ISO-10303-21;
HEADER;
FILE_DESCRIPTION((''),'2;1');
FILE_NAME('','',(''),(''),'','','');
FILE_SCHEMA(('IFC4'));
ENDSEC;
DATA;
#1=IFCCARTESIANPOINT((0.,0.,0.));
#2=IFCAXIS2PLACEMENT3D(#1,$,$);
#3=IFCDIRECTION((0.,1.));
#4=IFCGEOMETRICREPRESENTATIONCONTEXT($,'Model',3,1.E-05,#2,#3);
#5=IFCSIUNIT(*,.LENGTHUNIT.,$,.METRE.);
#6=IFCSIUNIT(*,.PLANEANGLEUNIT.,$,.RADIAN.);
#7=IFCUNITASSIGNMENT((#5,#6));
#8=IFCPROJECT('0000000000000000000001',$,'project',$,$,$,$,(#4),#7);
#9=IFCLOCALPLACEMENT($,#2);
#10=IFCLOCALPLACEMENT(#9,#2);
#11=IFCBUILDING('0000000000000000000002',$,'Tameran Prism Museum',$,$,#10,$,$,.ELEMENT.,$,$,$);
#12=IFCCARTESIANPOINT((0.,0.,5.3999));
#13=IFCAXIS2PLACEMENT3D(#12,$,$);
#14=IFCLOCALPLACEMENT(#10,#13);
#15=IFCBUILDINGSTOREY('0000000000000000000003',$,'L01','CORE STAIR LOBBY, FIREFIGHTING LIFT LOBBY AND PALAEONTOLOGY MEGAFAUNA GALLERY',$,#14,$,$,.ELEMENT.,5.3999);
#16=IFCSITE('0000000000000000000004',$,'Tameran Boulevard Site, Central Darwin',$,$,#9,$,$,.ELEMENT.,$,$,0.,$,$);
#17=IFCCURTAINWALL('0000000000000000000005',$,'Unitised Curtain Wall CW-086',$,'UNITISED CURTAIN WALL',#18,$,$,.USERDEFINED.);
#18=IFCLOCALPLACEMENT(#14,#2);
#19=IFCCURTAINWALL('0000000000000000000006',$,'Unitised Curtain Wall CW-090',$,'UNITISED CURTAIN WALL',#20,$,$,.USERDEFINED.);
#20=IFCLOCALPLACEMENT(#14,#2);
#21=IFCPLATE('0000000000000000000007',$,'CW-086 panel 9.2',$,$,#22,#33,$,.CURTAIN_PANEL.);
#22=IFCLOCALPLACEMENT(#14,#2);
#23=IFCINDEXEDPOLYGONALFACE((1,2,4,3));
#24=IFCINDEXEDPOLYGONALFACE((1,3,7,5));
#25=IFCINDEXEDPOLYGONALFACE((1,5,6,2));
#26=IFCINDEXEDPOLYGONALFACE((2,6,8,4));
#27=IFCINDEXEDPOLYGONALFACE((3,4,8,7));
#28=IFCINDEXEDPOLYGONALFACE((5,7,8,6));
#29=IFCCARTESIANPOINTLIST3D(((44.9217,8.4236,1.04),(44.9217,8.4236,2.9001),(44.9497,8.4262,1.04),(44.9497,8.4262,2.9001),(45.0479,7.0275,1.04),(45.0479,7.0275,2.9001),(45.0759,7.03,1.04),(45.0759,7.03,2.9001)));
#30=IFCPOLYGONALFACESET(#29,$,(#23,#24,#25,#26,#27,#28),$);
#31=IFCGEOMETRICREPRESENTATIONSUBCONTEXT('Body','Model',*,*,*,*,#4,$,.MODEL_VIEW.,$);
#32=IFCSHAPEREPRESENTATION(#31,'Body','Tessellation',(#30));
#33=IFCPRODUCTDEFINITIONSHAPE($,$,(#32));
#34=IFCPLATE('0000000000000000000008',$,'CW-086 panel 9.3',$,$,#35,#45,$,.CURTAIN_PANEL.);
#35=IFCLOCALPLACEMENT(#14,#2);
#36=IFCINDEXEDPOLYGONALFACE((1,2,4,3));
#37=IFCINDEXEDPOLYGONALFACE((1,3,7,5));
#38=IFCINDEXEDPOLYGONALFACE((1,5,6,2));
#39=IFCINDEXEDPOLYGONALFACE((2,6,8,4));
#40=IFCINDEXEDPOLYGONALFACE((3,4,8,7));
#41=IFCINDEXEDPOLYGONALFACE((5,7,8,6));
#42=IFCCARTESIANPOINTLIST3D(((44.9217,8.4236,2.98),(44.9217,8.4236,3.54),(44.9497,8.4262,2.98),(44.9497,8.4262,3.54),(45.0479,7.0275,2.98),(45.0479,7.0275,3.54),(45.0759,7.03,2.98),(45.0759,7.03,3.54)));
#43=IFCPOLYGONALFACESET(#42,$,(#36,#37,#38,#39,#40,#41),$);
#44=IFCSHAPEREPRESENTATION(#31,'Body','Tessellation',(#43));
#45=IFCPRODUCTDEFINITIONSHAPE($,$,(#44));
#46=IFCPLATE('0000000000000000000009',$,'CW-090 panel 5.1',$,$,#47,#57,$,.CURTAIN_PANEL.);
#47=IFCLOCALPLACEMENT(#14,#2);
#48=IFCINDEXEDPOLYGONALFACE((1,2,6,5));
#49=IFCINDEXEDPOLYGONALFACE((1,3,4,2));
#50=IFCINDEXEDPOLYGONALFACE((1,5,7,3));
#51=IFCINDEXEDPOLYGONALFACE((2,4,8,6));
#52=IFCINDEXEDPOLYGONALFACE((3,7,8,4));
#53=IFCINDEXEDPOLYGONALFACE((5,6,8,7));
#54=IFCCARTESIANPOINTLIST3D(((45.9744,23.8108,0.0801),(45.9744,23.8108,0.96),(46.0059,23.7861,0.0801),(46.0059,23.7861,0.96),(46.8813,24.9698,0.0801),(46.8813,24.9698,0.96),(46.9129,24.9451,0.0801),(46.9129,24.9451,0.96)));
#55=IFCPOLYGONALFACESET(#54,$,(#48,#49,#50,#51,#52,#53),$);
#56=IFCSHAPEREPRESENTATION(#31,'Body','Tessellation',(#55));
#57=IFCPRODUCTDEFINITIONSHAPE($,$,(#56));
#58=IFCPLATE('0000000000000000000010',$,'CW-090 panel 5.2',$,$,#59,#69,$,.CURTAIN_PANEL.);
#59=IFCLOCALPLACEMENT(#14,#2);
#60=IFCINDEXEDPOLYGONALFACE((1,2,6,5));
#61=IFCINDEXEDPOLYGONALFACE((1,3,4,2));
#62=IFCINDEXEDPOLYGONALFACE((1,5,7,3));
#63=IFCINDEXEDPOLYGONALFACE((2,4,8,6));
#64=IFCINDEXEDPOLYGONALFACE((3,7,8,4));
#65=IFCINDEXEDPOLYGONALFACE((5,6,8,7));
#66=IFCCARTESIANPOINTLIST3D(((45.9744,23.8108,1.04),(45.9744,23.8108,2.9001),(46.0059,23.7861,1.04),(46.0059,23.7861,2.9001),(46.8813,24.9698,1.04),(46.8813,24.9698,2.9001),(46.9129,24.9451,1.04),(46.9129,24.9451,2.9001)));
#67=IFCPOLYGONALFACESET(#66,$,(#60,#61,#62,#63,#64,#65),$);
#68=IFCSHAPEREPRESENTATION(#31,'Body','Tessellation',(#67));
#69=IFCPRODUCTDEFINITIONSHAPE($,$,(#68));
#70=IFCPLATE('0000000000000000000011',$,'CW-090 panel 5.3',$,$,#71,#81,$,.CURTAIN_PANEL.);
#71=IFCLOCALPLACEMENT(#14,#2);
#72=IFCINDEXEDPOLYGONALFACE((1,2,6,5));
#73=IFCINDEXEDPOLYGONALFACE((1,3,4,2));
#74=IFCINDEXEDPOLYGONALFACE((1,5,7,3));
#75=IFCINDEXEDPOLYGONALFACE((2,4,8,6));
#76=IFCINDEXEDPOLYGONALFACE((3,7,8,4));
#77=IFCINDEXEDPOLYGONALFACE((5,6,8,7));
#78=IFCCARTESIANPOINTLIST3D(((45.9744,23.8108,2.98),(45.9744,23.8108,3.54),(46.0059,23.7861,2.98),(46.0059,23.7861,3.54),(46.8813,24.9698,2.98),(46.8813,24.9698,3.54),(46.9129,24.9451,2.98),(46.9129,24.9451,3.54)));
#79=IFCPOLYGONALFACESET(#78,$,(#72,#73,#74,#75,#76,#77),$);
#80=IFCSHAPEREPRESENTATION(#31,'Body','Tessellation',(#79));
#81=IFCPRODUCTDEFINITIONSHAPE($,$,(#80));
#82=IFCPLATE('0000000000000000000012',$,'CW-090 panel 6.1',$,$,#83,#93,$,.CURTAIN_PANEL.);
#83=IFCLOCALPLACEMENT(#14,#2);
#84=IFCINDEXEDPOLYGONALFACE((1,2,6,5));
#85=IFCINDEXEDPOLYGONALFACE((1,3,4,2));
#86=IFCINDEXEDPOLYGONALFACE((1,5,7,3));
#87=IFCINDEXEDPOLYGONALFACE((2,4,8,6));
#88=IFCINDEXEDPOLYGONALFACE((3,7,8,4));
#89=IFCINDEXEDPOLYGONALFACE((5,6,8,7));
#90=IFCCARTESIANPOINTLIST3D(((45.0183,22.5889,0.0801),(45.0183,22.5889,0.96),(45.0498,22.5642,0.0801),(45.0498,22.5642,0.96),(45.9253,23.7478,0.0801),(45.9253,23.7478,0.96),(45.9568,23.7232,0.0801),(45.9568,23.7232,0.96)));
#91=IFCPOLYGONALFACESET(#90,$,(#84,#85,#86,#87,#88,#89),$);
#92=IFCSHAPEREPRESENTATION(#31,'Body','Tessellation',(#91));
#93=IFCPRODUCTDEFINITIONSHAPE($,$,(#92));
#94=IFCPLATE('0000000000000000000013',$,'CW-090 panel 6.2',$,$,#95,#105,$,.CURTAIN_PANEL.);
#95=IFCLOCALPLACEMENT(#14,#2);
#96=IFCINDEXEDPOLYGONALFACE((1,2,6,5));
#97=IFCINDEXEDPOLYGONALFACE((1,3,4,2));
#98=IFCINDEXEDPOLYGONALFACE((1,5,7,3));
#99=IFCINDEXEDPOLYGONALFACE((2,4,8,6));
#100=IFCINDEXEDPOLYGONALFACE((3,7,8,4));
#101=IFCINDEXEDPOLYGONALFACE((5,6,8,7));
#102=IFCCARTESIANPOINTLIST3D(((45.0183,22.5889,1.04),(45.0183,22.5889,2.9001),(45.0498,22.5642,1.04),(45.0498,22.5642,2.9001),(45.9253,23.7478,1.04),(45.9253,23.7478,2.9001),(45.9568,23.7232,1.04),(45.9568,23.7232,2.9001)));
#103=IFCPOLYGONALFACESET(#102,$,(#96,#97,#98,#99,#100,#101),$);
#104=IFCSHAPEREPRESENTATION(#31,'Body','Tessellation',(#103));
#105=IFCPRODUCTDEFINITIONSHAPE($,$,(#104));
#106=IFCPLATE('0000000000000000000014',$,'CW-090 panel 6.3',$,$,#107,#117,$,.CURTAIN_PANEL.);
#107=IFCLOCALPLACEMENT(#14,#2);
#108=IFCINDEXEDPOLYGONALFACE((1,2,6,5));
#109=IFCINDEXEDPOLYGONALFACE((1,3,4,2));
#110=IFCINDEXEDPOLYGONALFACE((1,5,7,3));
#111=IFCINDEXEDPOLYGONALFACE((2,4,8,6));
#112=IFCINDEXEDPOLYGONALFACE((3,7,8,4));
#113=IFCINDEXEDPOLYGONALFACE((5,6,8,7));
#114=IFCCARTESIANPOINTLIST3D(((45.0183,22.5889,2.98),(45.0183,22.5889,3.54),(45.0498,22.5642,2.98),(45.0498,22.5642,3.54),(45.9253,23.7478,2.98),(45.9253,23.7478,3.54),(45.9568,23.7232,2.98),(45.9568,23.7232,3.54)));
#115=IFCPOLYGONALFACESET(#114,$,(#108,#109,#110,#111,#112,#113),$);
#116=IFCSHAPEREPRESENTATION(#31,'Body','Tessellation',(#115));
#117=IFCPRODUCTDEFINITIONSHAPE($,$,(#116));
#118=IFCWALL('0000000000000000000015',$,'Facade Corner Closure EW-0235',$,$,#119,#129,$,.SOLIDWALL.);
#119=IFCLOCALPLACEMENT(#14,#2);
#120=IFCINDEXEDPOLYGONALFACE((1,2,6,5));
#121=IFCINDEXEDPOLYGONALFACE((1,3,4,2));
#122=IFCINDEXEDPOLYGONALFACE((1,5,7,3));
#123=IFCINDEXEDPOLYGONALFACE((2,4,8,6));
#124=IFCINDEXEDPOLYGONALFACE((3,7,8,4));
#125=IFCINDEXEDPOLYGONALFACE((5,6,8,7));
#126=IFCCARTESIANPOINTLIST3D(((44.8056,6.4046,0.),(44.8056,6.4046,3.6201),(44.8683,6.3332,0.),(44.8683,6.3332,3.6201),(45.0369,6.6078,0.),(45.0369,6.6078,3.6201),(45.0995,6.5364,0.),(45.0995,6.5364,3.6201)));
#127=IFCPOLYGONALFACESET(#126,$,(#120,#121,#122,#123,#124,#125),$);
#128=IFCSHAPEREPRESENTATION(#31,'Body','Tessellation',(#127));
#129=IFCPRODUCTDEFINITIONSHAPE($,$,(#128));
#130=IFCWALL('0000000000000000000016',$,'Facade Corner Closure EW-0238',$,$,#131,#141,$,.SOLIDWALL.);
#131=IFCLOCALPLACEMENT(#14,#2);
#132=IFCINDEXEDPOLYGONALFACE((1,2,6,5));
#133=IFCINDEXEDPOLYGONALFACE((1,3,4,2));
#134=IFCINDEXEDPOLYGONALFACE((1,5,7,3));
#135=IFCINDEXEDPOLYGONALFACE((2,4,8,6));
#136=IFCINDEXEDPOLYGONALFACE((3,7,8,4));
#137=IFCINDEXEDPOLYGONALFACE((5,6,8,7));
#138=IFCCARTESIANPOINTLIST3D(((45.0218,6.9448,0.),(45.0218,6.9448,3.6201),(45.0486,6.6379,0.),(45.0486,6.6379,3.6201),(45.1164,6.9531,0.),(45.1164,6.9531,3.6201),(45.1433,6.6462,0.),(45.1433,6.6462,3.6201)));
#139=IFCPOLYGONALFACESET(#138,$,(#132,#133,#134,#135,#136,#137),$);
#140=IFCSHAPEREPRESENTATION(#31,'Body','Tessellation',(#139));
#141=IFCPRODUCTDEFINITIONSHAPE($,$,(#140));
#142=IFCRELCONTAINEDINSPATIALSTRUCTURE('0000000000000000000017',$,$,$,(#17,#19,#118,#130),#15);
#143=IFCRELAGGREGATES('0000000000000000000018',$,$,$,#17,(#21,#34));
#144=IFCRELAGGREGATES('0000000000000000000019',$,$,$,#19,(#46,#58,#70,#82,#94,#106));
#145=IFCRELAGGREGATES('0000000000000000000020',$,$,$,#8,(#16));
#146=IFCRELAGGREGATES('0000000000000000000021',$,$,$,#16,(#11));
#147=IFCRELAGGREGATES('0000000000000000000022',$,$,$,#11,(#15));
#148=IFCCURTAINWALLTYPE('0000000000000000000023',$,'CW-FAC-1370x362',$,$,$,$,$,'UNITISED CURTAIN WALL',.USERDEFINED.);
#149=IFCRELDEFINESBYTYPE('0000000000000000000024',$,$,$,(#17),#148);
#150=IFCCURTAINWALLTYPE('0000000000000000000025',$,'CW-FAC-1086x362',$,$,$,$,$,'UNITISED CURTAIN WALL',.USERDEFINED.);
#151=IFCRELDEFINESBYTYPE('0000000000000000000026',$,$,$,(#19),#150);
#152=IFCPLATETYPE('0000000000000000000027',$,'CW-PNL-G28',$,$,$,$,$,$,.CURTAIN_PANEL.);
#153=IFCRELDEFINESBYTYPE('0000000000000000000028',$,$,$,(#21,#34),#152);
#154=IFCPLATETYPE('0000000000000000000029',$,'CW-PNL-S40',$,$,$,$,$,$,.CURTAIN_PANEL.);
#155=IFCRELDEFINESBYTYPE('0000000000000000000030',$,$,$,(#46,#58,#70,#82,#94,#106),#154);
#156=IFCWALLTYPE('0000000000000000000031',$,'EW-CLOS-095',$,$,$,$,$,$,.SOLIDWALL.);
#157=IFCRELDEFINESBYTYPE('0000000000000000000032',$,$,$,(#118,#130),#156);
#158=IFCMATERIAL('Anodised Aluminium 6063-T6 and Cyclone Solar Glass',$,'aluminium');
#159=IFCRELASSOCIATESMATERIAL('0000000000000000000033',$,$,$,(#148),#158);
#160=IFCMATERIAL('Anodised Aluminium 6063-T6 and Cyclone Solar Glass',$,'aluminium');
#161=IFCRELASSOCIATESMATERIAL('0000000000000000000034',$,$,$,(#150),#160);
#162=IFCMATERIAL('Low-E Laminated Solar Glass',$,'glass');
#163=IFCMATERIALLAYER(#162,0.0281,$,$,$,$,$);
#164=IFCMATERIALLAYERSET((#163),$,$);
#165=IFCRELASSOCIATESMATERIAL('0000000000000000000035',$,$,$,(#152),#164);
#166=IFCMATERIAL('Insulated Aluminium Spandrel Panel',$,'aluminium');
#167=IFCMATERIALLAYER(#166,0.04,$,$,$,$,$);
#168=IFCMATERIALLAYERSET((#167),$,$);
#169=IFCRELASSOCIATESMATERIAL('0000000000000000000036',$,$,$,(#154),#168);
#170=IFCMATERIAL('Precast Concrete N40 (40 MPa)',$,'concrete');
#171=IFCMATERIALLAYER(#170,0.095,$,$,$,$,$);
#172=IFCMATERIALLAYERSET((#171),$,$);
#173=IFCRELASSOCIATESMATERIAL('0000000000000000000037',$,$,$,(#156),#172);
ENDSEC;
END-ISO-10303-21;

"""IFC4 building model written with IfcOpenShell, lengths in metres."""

from ifc_helpers import new_model, si_unit, direction, frame, frame_2d, origin, origin_2d, place, context, subcontext, project, spatial, rectangle, extrude, material, layer, layer_set, type_object, element, aggregate, save


model = new_model("IFC4")

# Units and contexts
model_context = context("Model", 3, precision=1e-05, world=origin(), true_north=direction((0.0, 1.0)))
body_context = subcontext(model_context, "Body", "Model", "MODEL_VIEW")
ifc_project = project(units=[si_unit("LENGTHUNIT", "METRE"), si_unit("PLANEANGLEUNIT", "RADIAN")], contexts=[model_context])

# Site, building, storey
site_placement = place(None, origin())
site = spatial("IfcSite", under=ifc_project, at=site_placement, Name="Tameran Boulevard Site, Central Darwin", CompositionType="ELEMENT", RefElevation=0.0)
building_placement = place(site_placement, origin())
building = spatial("IfcBuilding", under=site, at=building_placement, Name="Tameran Prism Museum", CompositionType="ELEMENT")
storey_placement = place(building_placement, frame((0.0, 0.0, 5.3999)))
storey = spatial("IfcBuildingStorey", under=building, at=storey_placement, Name="L01", Description="CORE STAIR LOBBY, FIREFIGHTING LIFT LOBBY AND PALAEONTOLOGY MEGAFAUNA GALLERY", CompositionType="ELEMENT", Elevation=5.3999)

# Curtain walls
ifc_material_1 = material(Name="Anodised Aluminium 6063-T6 and Cyclone Solar Glass", Category="aluminium")
curtain_wall_type_1 = type_object("IfcCurtainWallType", Name="CW-FAC-1370x362", ElementType="UNITISED CURTAIN WALL", PredefinedType="USERDEFINED", material=ifc_material_1)
curtain_wall_1_placement = place(storey_placement, origin())
curtain_wall_1 = element("IfcCurtainWall", 1, at=curtain_wall_1_placement, inside=storey, type_object=curtain_wall_type_1, Name="Unitised Curtain Wall CW-086", ObjectType="UNITISED CURTAIN WALL", PredefinedType="USERDEFINED")
ifc_material_2 = material(Name="Anodised Aluminium 6063-T6 and Cyclone Solar Glass", Category="aluminium")
curtain_wall_type_2 = type_object("IfcCurtainWallType", Name="CW-FAC-1086x362", ElementType="UNITISED CURTAIN WALL", PredefinedType="USERDEFINED", material=ifc_material_2)
curtain_wall_2_placement = place(storey_placement, origin())
curtain_wall_2 = element("IfcCurtainWall", 2, at=curtain_wall_2_placement, inside=storey, type_object=curtain_wall_type_2, Name="Unitised Curtain Wall CW-090", ObjectType="UNITISED CURTAIN WALL", PredefinedType="USERDEFINED")

# Plates
ifc_material_3 = material(Name="Low-E Laminated Solar Glass", Category="glass")
ifc_layer_1 = layer(ifc_material_3, 0.0281)
ifc_layer_set_1 = layer_set([ifc_layer_1])
plate_type_1 = type_object("IfcPlateType", Name="CW-PNL-G28", PredefinedType="CURTAIN_PANEL", material=ifc_layer_set_1)
plate_1_placement = place(storey_placement, frame((44.9988, 7.7268, 1.04), z_axis=(0.0, 0.0, 1.0), x_axis=(0.090016, -0.99594, 0.0)))
plate_1 = element("IfcPlate", 3, at=plate_1_placement, type_object=plate_type_1, Name="CW-086 panel 9.2", PredefinedType="CURTAIN_PANEL", context=body_context, shape_type="SweptSolid", body=[
    extrude(rectangle(XDim=1.4019, YDim=0.0281, at=origin_2d()), origin(), (0.0, 0.0, 1.0), 1.8601),
])
plate_2_placement = place(storey_placement, frame((44.9988, 7.7268, 2.98), z_axis=(0.0, 0.0, 1.0), x_axis=(0.090016, -0.99594, 0.0)))
plate_2 = element("IfcPlate", 4, at=plate_2_placement, type_object=plate_type_1, Name="CW-086 panel 9.3", PredefinedType="CURTAIN_PANEL", context=body_context, shape_type="SweptSolid", body=[
    extrude(rectangle(XDim=1.4019, YDim=0.0281, at=origin_2d()), origin(), (0.0, 0.0, 1.0), 0.5601),
])
aggregate(curtain_wall_1, [plate_1, plate_2])
ifc_material_4 = material(Name="Insulated Aluminium Spandrel Panel", Category="aluminium")
ifc_layer_2 = layer(ifc_material_4, 0.04)
ifc_layer_set_2 = layer_set([ifc_layer_2])
plate_type_2 = type_object("IfcPlateType", Name="CW-PNL-S40", PredefinedType="CURTAIN_PANEL", material=ifc_layer_set_2)
plate_3_placement = place(storey_placement, frame((46.4436, 24.3779, 0.0801), z_axis=(0.0, 0.0, 1.0), x_axis=(-0.616283, -0.787524, 0.0)))
plate_3 = element("IfcPlate", 5, at=plate_3_placement, type_object=plate_type_2, Name="CW-090 panel 5.1", PredefinedType="CURTAIN_PANEL", context=body_context, shape_type="SweptSolid", body=[
    extrude(rectangle(XDim=1.4717, YDim=0.04, at=origin_2d()), origin(), (0.0, 0.0, 1.0), 0.8799),
])
plate_4_placement = place(storey_placement, frame((46.4436, 24.3779, 1.04), z_axis=(0.0, 0.0, 1.0), x_axis=(-0.616283, -0.787524, 0.0)))
plate_4 = element("IfcPlate", 6, at=plate_4_placement, type_object=plate_type_2, Name="CW-090 panel 5.2", PredefinedType="CURTAIN_PANEL", context=body_context, shape_type="SweptSolid", body=[
    extrude(rectangle(XDim=1.4717, YDim=0.04, at=origin_2d()), origin(), (0.0, 0.0, 1.0), 1.8601),
])
plate_5_placement = place(storey_placement, frame((46.4436, 24.3779, 2.98), z_axis=(0.0, 0.0, 1.0), x_axis=(-0.616283, -0.787524, 0.0)))
plate_5 = element("IfcPlate", 7, at=plate_5_placement, type_object=plate_type_2, Name="CW-090 panel 5.3", PredefinedType="CURTAIN_PANEL", context=body_context, shape_type="SweptSolid", body=[
    extrude(rectangle(XDim=1.4717, YDim=0.04, at=origin_2d()), origin(), (0.0, 0.0, 1.0), 0.5601),
])
plate_6_placement = place(storey_placement, frame((45.4875, 23.156, 0.0801), z_axis=(0.0, 0.0, 1.0), x_axis=(-0.616283, -0.787524, 0.0)))
plate_6 = element("IfcPlate", 8, at=plate_6_placement, type_object=plate_type_2, Name="CW-090 panel 6.1", PredefinedType="CURTAIN_PANEL", context=body_context, shape_type="SweptSolid", body=[
    extrude(rectangle(XDim=1.4717, YDim=0.04, at=origin_2d()), origin(), (0.0, 0.0, 1.0), 0.8799),
])
plate_7_placement = place(storey_placement, frame((45.4875, 23.156, 1.04), z_axis=(0.0, 0.0, 1.0), x_axis=(-0.616283, -0.787524, 0.0)))
plate_7 = element("IfcPlate", 9, at=plate_7_placement, type_object=plate_type_2, Name="CW-090 panel 6.2", PredefinedType="CURTAIN_PANEL", context=body_context, shape_type="SweptSolid", body=[
    extrude(rectangle(XDim=1.4717, YDim=0.04, at=origin_2d()), origin(), (0.0, 0.0, 1.0), 1.8601),
])
plate_8_placement = place(storey_placement, frame((45.4875, 23.156, 2.98), z_axis=(0.0, 0.0, 1.0), x_axis=(-0.616283, -0.787524, 0.0)))
plate_8 = element("IfcPlate", 10, at=plate_8_placement, type_object=plate_type_2, Name="CW-090 panel 6.3", PredefinedType="CURTAIN_PANEL", context=body_context, shape_type="SweptSolid", body=[
    extrude(rectangle(XDim=1.4717, YDim=0.04, at=origin_2d()), origin(), (0.0, 0.0, 1.0), 0.5601),
])
aggregate(curtain_wall_2, [plate_3, plate_4, plate_5, plate_6, plate_7, plate_8])

# Walls
ifc_material_5 = material(Name="Precast Concrete N40 (40 MPa)", Category="concrete")
ifc_layer_3 = layer(ifc_material_5, 0.095)
ifc_layer_set_3 = layer_set([ifc_layer_3])
wall_type = type_object("IfcWallType", Name="EW-CLOS-095", PredefinedType="SOLIDWALL", material=ifc_layer_set_3)
wall_1_placement = place(storey_placement, frame((45.0681, 6.572, 0.0), z_axis=(0.0, 0.0, 1.0), x_axis=(-0.751248, -0.66002, 0.0)))
element("IfcWall", 11, at=wall_1_placement, inside=storey, type_object=wall_type, Name="Facade Corner Closure EW-0235", PredefinedType="SOLIDWALL", context=body_context, shape_type="SweptSolid", body=[
    extrude(rectangle(XDim=0.3079, YDim=0.095, at=frame_2d((0.1538, 0.0))), origin(), (0.0, 0.0, 1.0), 3.6201),
])
wall_2_placement = place(storey_placement, frame((45.0691, 6.949, 0.0), z_axis=(0.0, 0.0, 1.0), x_axis=(0.087177, -0.996193, 0.0)))
element("IfcWall", 12, at=wall_2_placement, inside=storey, type_object=wall_type, Name="Facade Corner Closure EW-0238", PredefinedType="SOLIDWALL", context=body_context, shape_type="SweptSolid", body=[
    extrude(rectangle(XDim=0.3081, YDim=0.095, at=frame_2d((0.1541, 0.0))), origin(), (0.0, 0.0, 1.0), 3.6201),
])

save(model, "model.ifc")
